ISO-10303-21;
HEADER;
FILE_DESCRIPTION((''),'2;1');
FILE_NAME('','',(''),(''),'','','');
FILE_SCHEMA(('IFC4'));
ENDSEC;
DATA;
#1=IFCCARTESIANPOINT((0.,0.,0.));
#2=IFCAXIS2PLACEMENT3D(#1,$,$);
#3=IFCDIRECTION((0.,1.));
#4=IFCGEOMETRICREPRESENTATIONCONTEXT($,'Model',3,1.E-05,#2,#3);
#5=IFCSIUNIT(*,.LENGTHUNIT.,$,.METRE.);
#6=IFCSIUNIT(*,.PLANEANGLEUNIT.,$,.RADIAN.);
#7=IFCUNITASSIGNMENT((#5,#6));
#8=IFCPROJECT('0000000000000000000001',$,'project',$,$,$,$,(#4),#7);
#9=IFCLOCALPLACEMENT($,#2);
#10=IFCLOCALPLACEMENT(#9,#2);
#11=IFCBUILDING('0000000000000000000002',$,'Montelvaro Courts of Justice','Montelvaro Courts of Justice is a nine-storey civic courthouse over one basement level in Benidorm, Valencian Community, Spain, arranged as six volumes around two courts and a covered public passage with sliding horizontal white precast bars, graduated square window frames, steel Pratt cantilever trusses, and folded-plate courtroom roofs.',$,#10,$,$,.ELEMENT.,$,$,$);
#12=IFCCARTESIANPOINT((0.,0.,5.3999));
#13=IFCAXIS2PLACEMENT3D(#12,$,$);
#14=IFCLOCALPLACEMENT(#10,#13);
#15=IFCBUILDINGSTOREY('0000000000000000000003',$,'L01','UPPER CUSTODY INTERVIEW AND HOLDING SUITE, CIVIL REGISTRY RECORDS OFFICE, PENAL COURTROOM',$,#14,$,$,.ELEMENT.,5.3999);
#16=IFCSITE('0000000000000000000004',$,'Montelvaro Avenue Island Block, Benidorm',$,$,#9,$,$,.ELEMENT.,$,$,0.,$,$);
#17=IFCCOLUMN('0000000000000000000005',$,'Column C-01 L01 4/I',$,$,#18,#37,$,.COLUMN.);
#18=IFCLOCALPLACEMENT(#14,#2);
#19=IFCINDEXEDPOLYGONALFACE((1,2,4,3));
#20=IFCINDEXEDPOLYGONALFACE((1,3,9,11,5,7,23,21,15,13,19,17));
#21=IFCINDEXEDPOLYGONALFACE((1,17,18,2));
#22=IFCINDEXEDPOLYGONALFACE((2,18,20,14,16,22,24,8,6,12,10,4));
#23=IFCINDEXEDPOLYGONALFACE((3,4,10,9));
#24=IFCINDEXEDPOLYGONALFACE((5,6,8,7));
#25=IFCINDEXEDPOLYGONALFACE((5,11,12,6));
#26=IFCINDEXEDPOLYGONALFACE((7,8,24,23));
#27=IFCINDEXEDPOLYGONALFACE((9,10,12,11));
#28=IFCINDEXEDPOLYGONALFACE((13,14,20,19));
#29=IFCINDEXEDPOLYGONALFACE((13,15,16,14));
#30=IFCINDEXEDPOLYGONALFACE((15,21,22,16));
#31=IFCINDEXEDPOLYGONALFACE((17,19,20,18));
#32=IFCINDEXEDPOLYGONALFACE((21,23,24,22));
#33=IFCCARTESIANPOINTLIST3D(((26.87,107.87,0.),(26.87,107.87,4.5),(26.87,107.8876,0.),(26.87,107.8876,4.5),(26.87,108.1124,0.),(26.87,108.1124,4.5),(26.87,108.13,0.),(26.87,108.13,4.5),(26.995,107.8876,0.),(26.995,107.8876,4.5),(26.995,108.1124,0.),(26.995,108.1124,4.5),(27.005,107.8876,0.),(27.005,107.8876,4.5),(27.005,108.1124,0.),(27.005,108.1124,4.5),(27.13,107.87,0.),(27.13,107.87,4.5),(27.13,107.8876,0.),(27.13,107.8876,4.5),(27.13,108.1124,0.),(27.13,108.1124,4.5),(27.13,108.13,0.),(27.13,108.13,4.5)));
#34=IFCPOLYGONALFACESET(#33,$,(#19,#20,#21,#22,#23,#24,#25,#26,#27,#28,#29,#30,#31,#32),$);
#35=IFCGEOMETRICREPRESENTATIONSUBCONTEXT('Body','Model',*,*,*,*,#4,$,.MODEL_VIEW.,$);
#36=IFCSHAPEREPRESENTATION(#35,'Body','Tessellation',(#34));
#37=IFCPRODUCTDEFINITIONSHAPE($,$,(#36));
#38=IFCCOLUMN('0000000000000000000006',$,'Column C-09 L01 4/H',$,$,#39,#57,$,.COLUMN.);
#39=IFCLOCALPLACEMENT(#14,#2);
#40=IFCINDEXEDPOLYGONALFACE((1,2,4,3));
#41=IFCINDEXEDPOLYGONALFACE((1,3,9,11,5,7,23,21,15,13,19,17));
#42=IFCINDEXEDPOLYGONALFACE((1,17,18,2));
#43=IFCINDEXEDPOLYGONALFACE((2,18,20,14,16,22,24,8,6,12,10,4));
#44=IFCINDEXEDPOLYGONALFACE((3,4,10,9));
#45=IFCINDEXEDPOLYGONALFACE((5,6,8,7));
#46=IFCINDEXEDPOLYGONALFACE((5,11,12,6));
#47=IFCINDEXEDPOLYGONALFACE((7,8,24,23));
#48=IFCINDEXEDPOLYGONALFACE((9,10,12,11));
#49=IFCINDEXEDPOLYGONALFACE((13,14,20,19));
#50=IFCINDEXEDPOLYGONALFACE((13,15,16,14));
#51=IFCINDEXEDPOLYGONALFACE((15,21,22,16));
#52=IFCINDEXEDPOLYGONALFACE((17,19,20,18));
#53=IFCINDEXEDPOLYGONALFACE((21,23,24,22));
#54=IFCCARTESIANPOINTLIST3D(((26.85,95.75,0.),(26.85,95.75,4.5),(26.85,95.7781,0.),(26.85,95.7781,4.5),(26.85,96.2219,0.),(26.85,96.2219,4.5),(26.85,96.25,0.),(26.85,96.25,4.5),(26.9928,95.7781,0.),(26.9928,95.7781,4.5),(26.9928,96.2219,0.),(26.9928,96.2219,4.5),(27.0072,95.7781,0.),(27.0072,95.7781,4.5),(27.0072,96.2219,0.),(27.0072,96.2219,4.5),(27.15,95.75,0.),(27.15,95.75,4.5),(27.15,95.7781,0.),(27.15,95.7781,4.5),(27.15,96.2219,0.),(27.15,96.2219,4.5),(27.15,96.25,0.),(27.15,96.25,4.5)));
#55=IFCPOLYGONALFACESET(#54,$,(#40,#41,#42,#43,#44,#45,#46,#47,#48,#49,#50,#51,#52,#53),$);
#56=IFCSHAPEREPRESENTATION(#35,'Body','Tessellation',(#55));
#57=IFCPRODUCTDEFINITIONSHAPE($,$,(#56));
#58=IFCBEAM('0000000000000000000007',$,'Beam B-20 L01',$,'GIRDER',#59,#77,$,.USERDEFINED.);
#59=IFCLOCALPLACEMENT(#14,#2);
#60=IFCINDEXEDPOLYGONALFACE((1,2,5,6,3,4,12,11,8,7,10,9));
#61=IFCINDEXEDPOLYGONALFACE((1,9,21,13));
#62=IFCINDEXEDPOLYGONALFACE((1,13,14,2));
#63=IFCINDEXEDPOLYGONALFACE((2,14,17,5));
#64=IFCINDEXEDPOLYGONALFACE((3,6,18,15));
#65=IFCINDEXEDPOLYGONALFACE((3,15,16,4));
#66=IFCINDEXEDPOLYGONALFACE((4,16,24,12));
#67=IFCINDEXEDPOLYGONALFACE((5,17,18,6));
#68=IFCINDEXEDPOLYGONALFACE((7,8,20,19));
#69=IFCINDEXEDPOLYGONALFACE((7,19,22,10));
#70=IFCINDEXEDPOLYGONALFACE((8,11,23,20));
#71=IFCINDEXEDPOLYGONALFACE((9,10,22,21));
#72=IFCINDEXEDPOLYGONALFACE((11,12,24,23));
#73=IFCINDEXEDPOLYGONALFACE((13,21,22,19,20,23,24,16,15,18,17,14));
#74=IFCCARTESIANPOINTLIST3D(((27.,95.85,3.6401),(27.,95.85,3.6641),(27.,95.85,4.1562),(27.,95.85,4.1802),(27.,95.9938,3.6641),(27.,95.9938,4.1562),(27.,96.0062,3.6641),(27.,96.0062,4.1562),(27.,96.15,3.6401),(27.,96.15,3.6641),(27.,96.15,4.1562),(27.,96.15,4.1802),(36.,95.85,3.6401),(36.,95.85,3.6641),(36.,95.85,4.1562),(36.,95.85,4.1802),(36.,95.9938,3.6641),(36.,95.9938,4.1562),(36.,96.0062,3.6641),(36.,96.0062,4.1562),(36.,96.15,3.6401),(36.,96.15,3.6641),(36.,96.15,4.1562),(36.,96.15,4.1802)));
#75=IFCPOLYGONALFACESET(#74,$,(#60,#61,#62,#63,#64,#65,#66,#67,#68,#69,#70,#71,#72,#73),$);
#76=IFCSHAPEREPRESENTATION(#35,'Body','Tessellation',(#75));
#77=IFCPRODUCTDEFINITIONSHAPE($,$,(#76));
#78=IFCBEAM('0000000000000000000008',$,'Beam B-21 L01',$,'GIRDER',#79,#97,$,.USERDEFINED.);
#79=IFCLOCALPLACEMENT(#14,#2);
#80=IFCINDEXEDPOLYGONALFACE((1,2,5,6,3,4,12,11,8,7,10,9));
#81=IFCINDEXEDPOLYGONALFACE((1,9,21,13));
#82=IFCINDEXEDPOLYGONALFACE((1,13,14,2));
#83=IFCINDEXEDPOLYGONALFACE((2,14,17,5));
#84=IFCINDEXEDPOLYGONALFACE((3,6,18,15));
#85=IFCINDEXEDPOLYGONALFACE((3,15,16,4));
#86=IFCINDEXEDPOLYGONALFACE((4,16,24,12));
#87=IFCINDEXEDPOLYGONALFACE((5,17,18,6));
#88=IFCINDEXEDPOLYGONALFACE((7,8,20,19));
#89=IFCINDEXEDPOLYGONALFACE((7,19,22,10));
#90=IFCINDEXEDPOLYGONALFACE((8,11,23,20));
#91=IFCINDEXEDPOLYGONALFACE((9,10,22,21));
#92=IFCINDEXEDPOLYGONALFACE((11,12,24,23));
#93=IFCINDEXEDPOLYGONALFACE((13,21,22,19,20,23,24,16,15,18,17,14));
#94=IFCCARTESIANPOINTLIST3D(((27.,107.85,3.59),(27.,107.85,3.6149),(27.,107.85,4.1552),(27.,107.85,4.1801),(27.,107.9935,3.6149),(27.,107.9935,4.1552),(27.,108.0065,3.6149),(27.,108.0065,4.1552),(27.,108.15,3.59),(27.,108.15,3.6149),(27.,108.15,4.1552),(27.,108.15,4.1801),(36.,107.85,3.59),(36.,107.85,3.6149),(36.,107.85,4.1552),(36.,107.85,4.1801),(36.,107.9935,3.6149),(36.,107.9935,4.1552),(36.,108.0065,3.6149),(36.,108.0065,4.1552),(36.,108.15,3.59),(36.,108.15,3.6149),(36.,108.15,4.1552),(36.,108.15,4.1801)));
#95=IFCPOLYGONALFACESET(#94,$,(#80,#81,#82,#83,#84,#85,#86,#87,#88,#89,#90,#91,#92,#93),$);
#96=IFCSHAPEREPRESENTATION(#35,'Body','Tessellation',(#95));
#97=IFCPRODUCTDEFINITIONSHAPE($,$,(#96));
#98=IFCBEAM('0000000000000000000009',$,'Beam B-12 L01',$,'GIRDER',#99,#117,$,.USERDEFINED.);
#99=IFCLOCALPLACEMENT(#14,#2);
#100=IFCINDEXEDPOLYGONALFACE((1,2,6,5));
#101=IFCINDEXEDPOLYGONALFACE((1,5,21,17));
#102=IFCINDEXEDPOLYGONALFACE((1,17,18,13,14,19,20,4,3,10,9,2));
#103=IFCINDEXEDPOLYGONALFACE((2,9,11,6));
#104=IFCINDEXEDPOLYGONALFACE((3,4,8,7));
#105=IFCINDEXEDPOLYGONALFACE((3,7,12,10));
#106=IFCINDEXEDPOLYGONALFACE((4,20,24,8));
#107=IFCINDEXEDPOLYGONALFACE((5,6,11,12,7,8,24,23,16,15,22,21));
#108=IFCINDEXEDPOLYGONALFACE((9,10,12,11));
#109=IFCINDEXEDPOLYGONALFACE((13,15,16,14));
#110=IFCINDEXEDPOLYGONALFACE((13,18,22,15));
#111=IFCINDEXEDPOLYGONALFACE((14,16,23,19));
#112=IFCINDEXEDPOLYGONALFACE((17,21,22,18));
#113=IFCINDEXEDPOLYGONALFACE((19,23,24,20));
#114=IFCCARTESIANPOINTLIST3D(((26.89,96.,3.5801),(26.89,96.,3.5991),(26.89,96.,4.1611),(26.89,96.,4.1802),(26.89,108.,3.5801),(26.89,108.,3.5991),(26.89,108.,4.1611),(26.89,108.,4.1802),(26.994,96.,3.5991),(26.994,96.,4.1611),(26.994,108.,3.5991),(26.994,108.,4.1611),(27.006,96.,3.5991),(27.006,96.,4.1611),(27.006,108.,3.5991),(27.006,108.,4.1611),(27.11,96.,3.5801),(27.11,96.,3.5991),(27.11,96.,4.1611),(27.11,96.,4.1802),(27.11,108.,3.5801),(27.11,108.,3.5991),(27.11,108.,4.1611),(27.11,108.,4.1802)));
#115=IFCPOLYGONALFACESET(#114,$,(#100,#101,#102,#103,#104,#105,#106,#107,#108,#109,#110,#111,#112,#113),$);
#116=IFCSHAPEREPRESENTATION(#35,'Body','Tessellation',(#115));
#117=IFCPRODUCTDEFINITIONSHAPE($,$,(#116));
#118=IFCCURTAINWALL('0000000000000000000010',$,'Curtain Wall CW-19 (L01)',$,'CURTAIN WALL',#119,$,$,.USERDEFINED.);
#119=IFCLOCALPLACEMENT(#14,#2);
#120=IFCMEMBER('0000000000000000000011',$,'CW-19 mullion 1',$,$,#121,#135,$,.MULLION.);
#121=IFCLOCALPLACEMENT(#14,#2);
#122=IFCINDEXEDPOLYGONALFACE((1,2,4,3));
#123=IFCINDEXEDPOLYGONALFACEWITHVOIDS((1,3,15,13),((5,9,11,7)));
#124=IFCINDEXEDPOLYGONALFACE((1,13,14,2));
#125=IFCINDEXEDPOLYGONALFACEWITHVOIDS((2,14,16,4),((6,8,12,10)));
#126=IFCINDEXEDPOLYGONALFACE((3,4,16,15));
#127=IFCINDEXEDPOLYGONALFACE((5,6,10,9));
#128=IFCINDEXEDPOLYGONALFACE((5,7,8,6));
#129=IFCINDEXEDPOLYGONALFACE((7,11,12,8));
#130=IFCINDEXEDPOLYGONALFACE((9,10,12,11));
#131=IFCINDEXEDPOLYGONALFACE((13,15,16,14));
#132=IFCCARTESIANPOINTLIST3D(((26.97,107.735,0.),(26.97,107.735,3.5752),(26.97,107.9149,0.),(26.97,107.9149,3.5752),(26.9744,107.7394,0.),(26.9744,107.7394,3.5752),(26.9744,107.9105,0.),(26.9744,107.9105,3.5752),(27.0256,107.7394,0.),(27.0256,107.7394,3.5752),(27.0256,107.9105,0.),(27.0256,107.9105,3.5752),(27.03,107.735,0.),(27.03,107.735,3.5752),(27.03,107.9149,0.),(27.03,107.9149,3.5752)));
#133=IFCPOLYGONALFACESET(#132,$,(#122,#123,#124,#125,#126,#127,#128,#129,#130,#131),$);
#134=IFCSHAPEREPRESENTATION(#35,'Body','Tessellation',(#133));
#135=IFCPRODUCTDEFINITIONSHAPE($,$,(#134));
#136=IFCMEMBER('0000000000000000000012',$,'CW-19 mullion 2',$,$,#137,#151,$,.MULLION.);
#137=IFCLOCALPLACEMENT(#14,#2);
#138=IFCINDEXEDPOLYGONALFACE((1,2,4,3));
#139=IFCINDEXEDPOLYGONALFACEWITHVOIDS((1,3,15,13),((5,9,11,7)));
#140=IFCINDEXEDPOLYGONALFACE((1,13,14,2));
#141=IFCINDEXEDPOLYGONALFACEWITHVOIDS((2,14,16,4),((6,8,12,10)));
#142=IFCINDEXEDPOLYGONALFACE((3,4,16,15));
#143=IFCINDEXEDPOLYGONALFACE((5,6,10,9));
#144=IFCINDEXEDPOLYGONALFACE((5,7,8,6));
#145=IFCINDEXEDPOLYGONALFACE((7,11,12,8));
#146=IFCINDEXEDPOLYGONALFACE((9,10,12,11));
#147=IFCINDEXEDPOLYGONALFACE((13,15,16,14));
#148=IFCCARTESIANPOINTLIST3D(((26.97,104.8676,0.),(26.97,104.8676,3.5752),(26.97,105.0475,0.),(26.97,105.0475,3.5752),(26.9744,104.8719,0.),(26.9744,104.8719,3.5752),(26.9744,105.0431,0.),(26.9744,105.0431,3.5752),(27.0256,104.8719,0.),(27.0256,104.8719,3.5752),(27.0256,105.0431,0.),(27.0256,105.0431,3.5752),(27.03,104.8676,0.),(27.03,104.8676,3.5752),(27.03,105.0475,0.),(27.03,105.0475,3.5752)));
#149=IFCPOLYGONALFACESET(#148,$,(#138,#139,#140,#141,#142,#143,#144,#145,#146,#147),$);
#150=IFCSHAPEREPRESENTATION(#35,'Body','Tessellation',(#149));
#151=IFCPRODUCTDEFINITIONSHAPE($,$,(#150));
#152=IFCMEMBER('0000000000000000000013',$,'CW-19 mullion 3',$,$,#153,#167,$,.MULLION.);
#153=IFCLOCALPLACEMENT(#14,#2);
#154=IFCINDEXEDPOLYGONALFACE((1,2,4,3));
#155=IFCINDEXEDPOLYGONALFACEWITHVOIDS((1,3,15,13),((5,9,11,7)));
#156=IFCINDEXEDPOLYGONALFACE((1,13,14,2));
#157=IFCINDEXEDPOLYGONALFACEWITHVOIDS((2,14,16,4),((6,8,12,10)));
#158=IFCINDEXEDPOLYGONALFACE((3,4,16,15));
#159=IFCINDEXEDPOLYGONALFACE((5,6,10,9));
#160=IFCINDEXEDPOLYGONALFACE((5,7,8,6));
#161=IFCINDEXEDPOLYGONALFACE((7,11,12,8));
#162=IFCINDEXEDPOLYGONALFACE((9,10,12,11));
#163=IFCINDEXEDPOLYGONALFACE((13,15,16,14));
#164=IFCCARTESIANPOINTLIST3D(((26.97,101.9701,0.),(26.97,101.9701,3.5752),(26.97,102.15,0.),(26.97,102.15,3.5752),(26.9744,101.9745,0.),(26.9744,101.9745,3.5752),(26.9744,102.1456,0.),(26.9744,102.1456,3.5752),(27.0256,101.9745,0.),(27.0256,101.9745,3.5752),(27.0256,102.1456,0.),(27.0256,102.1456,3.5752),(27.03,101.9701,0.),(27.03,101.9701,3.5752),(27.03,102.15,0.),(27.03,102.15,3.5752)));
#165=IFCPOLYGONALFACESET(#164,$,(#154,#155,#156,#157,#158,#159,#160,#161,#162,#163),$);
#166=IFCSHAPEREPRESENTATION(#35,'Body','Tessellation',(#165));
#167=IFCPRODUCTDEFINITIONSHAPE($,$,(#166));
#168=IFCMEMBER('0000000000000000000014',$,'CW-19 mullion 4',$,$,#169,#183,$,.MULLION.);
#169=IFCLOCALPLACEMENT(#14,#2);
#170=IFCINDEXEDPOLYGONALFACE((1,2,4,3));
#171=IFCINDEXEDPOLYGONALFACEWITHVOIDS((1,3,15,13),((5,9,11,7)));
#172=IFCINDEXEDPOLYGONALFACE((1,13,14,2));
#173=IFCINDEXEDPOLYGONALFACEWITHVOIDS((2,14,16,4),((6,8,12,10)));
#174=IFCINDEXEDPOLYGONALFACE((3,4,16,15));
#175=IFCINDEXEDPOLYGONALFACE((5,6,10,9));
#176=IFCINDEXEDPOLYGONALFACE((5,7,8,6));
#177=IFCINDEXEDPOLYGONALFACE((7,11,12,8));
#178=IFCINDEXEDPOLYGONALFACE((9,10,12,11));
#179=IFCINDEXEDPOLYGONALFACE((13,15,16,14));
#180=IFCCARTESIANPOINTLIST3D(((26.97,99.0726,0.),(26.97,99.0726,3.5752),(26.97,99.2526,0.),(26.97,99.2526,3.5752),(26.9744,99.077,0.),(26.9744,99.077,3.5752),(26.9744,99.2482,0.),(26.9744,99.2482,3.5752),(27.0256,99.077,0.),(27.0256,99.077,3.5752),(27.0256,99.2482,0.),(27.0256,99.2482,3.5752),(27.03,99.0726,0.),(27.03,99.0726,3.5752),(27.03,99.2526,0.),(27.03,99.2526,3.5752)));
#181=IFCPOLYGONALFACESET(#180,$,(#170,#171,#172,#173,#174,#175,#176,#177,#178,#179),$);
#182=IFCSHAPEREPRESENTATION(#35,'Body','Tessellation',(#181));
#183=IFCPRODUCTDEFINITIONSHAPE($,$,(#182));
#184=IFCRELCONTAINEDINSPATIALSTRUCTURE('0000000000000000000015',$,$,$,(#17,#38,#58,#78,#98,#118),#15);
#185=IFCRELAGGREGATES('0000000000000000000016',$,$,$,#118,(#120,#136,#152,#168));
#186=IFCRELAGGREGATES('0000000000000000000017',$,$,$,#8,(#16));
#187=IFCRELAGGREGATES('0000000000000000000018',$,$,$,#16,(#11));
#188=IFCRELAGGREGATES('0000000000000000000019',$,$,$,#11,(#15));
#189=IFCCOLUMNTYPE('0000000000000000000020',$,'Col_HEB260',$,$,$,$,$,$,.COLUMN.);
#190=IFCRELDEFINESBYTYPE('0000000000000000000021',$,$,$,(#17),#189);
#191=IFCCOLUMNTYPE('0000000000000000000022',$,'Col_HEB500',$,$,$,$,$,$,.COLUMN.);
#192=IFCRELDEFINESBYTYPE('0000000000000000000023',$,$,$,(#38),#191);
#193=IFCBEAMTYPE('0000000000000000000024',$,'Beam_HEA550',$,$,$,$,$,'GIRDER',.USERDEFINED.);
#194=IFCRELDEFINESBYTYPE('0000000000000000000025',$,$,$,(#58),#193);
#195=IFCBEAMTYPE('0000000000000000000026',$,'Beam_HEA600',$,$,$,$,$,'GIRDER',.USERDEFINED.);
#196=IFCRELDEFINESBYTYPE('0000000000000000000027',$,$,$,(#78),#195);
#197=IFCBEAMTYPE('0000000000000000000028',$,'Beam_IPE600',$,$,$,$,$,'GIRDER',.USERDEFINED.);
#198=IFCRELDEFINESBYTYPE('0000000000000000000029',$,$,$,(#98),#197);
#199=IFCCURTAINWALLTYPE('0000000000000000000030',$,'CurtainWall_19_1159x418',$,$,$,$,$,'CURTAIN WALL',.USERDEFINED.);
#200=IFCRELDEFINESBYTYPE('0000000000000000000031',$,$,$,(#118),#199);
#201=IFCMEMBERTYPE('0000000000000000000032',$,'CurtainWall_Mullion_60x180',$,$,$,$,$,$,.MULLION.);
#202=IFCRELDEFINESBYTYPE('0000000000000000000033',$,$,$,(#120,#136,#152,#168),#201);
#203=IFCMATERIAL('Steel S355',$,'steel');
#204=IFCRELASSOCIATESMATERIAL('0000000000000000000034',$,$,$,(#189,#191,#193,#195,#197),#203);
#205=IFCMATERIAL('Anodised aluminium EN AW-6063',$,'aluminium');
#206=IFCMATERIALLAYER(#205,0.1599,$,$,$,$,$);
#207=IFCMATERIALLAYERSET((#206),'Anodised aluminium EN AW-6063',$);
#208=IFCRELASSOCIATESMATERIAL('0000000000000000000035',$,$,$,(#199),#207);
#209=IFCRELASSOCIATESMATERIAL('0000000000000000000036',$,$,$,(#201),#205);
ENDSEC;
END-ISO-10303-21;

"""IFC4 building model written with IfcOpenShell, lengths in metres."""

from ifc_helpers import new_model, si_unit, direction, frame, origin, origin_2d, place, context, subcontext, project, spatial, hollow_rectangle, i_section, extrude, material, layer, layer_set, material_profile, profile_set, type_object, element, aggregate, save


model = new_model("IFC4")

# Units and contexts
model_context = context("Model", 3, precision=1e-05, world=origin(), true_north=direction((0.0, 1.0)))
body_context = subcontext(model_context, "Body", "Model", "MODEL_VIEW")
ifc_project = project(units=[si_unit("LENGTHUNIT", "METRE"), si_unit("PLANEANGLEUNIT", "RADIAN")], contexts=[model_context])

# Site, building, storey
site_placement = place(None, origin())
site = spatial("IfcSite", under=ifc_project, at=site_placement, Name="Montelvaro Avenue Island Block, Benidorm", CompositionType="ELEMENT", RefElevation=0.0)
building_placement = place(site_placement, origin())
building = spatial("IfcBuilding", under=site, at=building_placement, Name="Montelvaro Courts of Justice", Description="Montelvaro Courts of Justice is a nine-storey civic courthouse over one basement level in Benidorm, Valencian Community, Spain, arranged as six volumes around two courts and a covered public passage with sliding horizontal white precast bars, graduated square window frames, steel Pratt cantilever trusses, and folded-plate courtroom roofs.", CompositionType="ELEMENT")
storey_placement = place(building_placement, frame((0.0, 0.0, 5.3999)))
storey = spatial("IfcBuildingStorey", under=building, at=storey_placement, Name="L01", Description="UPPER CUSTODY INTERVIEW AND HOLDING SUITE, CIVIL REGISTRY RECORDS OFFICE, PENAL COURTROOM", CompositionType="ELEMENT", Elevation=5.3999)

# Columns
ifc_material_1 = material(Name="Steel S355", Category="steel")
ifc_material_profile_1 = material_profile(ifc_material_1, i_section(OverallWidth=0.26, OverallDepth=0.26, WebThickness=0.01, FlangeThickness=0.0176, at=origin_2d()), Name="HEB 260")
ifc_profile_set_1 = profile_set([ifc_material_profile_1], Name="Steel S355")
column_type_1 = type_object("IfcColumnType", Name="Col_HEB260", PredefinedType="COLUMN", material=ifc_profile_set_1)
column_1_placement = place(storey_placement, frame((27.0, 108.0, 0.0), z_axis=(0.0, 0.0, 1.0), x_axis=(1.0, 0.0, 0.0)))
element("IfcColumn", 1, at=column_1_placement, inside=storey, type_object=column_type_1, Name="Column C-01 L01 4/I", PredefinedType="COLUMN", context=body_context, shape_type="SweptSolid", body=[
    extrude(i_section(OverallWidth=0.26, OverallDepth=0.26, WebThickness=0.01, FlangeThickness=0.0176, at=origin_2d()), origin(), (0.0, 0.0, 1.0), 4.5),
])
ifc_material_profile_2 = material_profile(ifc_material_1, i_section(OverallWidth=0.3, OverallDepth=0.5, WebThickness=0.0144, FlangeThickness=0.0281, at=origin_2d()), Name="HEB 500")
ifc_profile_set_2 = profile_set([ifc_material_profile_2], Name="Steel S355")
column_type_2 = type_object("IfcColumnType", Name="Col_HEB500", PredefinedType="COLUMN", material=ifc_profile_set_2)
column_2_placement = place(storey_placement, frame((27.0, 96.0, 0.0), z_axis=(0.0, 0.0, 1.0), x_axis=(1.0, 0.0, 0.0)))
element("IfcColumn", 2, at=column_2_placement, inside=storey, type_object=column_type_2, Name="Column C-09 L01 4/H", PredefinedType="COLUMN", context=body_context, shape_type="SweptSolid", body=[
    extrude(i_section(OverallWidth=0.3, OverallDepth=0.5, WebThickness=0.0144, FlangeThickness=0.0281, at=origin_2d()), origin(), (0.0, 0.0, 1.0), 4.5),
])

# Beams
ifc_material_profile_3 = material_profile(ifc_material_1, i_section(OverallWidth=0.3, OverallDepth=0.54, WebThickness=0.0125, FlangeThickness=0.0239, at=origin_2d()), Name="HEA 550")
ifc_profile_set_3 = profile_set([ifc_material_profile_3], Name="Steel S355")
beam_type_1 = type_object("IfcBeamType", Name="Beam_HEA550", ElementType="GIRDER", PredefinedType="USERDEFINED", material=ifc_profile_set_3)
beam_1_placement = place(storey_placement, frame((27.0, 96.0, 3.9102), z_axis=(1.0, 0.0, 0.0), x_axis=(0.0, 1.0, 0.0)))
element("IfcBeam", 3, at=beam_1_placement, inside=storey, type_object=beam_type_1, Name="Beam B-20 L01", ObjectType="GIRDER", PredefinedType="USERDEFINED", context=body_context, shape_type="SweptSolid", body=[
    extrude(i_section(OverallWidth=0.3, OverallDepth=0.54, WebThickness=0.0125, FlangeThickness=0.0239, at=origin_2d()), origin(), (0.0, 0.0, 1.0), 9.0),
])
ifc_material_profile_4 = material_profile(ifc_material_1, i_section(OverallWidth=0.3, OverallDepth=0.5901, WebThickness=0.0129, FlangeThickness=0.0249, at=origin_2d()), Name="HEA 600")
ifc_profile_set_4 = profile_set([ifc_material_profile_4], Name="Steel S355")
beam_type_2 = type_object("IfcBeamType", Name="Beam_HEA600", ElementType="GIRDER", PredefinedType="USERDEFINED", material=ifc_profile_set_4)
beam_2_placement = place(storey_placement, frame((27.0, 108.0, 3.885), z_axis=(1.0, 0.0, 0.0), x_axis=(0.0, 1.0, 0.0)))
element("IfcBeam", 4, at=beam_2_placement, inside=storey, type_object=beam_type_2, Name="Beam B-21 L01", ObjectType="GIRDER", PredefinedType="USERDEFINED", context=body_context, shape_type="SweptSolid", body=[
    extrude(i_section(OverallWidth=0.3, OverallDepth=0.5901, WebThickness=0.0129, FlangeThickness=0.0249, at=origin_2d()), origin(), (0.0, 0.0, 1.0), 9.0),
])
ifc_material_profile_5 = material_profile(ifc_material_1, i_section(OverallWidth=0.22, OverallDepth=0.6001, WebThickness=0.012, FlangeThickness=0.019, at=origin_2d()), Name="IPE 600")
ifc_profile_set_5 = profile_set([ifc_material_profile_5], Name="Steel S355")
beam_type_3 = type_object("IfcBeamType", Name="Beam_IPE600", ElementType="GIRDER", PredefinedType="USERDEFINED", material=ifc_profile_set_5)
beam_3_placement = place(storey_placement, frame((27.0, 96.0, 3.8801), z_axis=(0.0, 1.0, 0.0), x_axis=(-1.0, 0.0, 0.0)))
element("IfcBeam", 5, at=beam_3_placement, inside=storey, type_object=beam_type_3, Name="Beam B-12 L01", ObjectType="GIRDER", PredefinedType="USERDEFINED", context=body_context, shape_type="SweptSolid", body=[
    extrude(i_section(OverallWidth=0.22, OverallDepth=0.6001, WebThickness=0.012, FlangeThickness=0.019, at=origin_2d()), origin(), (0.0, 0.0, 1.0), 12.0),
])

# Curtain wall, members
ifc_material_2 = material(Name="Anodised aluminium EN AW-6063", Category="aluminium")
ifc_layer_1 = layer(ifc_material_2, 0.1599)
ifc_layer_set_1 = layer_set([ifc_layer_1], Name="Anodised aluminium EN AW-6063")
curtain_wall_type_1 = type_object("IfcCurtainWallType", Name="CurtainWall_19_1159x418", ElementType="CURTAIN WALL", PredefinedType="USERDEFINED", material=ifc_layer_set_1)
curtain_wall_1_placement = place(storey_placement, origin())
curtain_wall_1 = element("IfcCurtainWall", 6, at=curtain_wall_1_placement, inside=storey, type_object=curtain_wall_type_1, Name="Curtain Wall CW-19 (L01)", ObjectType="CURTAIN WALL", PredefinedType="USERDEFINED")
ifc_material_profile_6 = material_profile(ifc_material_2, hollow_rectangle(XDim=0.0601, YDim=0.1799, WallThickness=0.0044, at=origin_2d()), Name="ALU-M 60x180")
ifc_profile_set_6 = profile_set([ifc_material_profile_6], Name="Anodised aluminium EN AW-6063")
member_type_1 = type_object("IfcMemberType", Name="CurtainWall_Mullion_60x180", PredefinedType="MULLION", material=ifc_profile_set_6)
member_1_placement = place(storey_placement, frame((27.0, 107.825, 0.0), z_axis=(0.0, 0.0, 1.0), x_axis=(1.0, 0.0, 0.0)))
member_1 = element("IfcMember", 7, at=member_1_placement, type_object=member_type_1, Name="CW-19 mullion 1", PredefinedType="MULLION", context=body_context, shape_type="SweptSolid", body=[
    extrude(hollow_rectangle(XDim=0.0601, YDim=0.1799, WallThickness=0.0044, at=origin_2d()), origin(), (0.0, 0.0, 1.0), 3.5752),
])
member_2_placement = place(storey_placement, frame((27.0, 104.9575, 0.0), z_axis=(0.0, 0.0, 1.0), x_axis=(1.0, 0.0, 0.0)))
member_2 = element("IfcMember", 8, at=member_2_placement, type_object=member_type_1, Name="CW-19 mullion 2", PredefinedType="MULLION", context=body_context, shape_type="SweptSolid", body=[
    extrude(hollow_rectangle(XDim=0.0601, YDim=0.1799, WallThickness=0.0044, at=origin_2d()), origin(), (0.0, 0.0, 1.0), 3.5752),
])
member_3_placement = place(storey_placement, frame((27.0, 102.0601, 0.0), z_axis=(0.0, 0.0, 1.0), x_axis=(1.0, 0.0, 0.0)))
member_3 = element("IfcMember", 9, at=member_3_placement, type_object=member_type_1, Name="CW-19 mullion 3", PredefinedType="MULLION", context=body_context, shape_type="SweptSolid", body=[
    extrude(hollow_rectangle(XDim=0.0601, YDim=0.1799, WallThickness=0.0044, at=origin_2d()), origin(), (0.0, 0.0, 1.0), 3.5752),
])
member_4_placement = place(storey_placement, frame((27.0, 99.1626, 0.0), z_axis=(0.0, 0.0, 1.0), x_axis=(1.0, 0.0, 0.0)))
member_4 = element("IfcMember", 10, at=member_4_placement, type_object=member_type_1, Name="CW-19 mullion 4", PredefinedType="MULLION", context=body_context, shape_type="SweptSolid", body=[
    extrude(hollow_rectangle(XDim=0.0601, YDim=0.1799, WallThickness=0.0044, at=origin_2d()), origin(), (0.0, 0.0, 1.0), 3.5752),
])

aggregate(curtain_wall_1, [member_1, member_2, member_3, member_4])

save(model, "model.ifc")
